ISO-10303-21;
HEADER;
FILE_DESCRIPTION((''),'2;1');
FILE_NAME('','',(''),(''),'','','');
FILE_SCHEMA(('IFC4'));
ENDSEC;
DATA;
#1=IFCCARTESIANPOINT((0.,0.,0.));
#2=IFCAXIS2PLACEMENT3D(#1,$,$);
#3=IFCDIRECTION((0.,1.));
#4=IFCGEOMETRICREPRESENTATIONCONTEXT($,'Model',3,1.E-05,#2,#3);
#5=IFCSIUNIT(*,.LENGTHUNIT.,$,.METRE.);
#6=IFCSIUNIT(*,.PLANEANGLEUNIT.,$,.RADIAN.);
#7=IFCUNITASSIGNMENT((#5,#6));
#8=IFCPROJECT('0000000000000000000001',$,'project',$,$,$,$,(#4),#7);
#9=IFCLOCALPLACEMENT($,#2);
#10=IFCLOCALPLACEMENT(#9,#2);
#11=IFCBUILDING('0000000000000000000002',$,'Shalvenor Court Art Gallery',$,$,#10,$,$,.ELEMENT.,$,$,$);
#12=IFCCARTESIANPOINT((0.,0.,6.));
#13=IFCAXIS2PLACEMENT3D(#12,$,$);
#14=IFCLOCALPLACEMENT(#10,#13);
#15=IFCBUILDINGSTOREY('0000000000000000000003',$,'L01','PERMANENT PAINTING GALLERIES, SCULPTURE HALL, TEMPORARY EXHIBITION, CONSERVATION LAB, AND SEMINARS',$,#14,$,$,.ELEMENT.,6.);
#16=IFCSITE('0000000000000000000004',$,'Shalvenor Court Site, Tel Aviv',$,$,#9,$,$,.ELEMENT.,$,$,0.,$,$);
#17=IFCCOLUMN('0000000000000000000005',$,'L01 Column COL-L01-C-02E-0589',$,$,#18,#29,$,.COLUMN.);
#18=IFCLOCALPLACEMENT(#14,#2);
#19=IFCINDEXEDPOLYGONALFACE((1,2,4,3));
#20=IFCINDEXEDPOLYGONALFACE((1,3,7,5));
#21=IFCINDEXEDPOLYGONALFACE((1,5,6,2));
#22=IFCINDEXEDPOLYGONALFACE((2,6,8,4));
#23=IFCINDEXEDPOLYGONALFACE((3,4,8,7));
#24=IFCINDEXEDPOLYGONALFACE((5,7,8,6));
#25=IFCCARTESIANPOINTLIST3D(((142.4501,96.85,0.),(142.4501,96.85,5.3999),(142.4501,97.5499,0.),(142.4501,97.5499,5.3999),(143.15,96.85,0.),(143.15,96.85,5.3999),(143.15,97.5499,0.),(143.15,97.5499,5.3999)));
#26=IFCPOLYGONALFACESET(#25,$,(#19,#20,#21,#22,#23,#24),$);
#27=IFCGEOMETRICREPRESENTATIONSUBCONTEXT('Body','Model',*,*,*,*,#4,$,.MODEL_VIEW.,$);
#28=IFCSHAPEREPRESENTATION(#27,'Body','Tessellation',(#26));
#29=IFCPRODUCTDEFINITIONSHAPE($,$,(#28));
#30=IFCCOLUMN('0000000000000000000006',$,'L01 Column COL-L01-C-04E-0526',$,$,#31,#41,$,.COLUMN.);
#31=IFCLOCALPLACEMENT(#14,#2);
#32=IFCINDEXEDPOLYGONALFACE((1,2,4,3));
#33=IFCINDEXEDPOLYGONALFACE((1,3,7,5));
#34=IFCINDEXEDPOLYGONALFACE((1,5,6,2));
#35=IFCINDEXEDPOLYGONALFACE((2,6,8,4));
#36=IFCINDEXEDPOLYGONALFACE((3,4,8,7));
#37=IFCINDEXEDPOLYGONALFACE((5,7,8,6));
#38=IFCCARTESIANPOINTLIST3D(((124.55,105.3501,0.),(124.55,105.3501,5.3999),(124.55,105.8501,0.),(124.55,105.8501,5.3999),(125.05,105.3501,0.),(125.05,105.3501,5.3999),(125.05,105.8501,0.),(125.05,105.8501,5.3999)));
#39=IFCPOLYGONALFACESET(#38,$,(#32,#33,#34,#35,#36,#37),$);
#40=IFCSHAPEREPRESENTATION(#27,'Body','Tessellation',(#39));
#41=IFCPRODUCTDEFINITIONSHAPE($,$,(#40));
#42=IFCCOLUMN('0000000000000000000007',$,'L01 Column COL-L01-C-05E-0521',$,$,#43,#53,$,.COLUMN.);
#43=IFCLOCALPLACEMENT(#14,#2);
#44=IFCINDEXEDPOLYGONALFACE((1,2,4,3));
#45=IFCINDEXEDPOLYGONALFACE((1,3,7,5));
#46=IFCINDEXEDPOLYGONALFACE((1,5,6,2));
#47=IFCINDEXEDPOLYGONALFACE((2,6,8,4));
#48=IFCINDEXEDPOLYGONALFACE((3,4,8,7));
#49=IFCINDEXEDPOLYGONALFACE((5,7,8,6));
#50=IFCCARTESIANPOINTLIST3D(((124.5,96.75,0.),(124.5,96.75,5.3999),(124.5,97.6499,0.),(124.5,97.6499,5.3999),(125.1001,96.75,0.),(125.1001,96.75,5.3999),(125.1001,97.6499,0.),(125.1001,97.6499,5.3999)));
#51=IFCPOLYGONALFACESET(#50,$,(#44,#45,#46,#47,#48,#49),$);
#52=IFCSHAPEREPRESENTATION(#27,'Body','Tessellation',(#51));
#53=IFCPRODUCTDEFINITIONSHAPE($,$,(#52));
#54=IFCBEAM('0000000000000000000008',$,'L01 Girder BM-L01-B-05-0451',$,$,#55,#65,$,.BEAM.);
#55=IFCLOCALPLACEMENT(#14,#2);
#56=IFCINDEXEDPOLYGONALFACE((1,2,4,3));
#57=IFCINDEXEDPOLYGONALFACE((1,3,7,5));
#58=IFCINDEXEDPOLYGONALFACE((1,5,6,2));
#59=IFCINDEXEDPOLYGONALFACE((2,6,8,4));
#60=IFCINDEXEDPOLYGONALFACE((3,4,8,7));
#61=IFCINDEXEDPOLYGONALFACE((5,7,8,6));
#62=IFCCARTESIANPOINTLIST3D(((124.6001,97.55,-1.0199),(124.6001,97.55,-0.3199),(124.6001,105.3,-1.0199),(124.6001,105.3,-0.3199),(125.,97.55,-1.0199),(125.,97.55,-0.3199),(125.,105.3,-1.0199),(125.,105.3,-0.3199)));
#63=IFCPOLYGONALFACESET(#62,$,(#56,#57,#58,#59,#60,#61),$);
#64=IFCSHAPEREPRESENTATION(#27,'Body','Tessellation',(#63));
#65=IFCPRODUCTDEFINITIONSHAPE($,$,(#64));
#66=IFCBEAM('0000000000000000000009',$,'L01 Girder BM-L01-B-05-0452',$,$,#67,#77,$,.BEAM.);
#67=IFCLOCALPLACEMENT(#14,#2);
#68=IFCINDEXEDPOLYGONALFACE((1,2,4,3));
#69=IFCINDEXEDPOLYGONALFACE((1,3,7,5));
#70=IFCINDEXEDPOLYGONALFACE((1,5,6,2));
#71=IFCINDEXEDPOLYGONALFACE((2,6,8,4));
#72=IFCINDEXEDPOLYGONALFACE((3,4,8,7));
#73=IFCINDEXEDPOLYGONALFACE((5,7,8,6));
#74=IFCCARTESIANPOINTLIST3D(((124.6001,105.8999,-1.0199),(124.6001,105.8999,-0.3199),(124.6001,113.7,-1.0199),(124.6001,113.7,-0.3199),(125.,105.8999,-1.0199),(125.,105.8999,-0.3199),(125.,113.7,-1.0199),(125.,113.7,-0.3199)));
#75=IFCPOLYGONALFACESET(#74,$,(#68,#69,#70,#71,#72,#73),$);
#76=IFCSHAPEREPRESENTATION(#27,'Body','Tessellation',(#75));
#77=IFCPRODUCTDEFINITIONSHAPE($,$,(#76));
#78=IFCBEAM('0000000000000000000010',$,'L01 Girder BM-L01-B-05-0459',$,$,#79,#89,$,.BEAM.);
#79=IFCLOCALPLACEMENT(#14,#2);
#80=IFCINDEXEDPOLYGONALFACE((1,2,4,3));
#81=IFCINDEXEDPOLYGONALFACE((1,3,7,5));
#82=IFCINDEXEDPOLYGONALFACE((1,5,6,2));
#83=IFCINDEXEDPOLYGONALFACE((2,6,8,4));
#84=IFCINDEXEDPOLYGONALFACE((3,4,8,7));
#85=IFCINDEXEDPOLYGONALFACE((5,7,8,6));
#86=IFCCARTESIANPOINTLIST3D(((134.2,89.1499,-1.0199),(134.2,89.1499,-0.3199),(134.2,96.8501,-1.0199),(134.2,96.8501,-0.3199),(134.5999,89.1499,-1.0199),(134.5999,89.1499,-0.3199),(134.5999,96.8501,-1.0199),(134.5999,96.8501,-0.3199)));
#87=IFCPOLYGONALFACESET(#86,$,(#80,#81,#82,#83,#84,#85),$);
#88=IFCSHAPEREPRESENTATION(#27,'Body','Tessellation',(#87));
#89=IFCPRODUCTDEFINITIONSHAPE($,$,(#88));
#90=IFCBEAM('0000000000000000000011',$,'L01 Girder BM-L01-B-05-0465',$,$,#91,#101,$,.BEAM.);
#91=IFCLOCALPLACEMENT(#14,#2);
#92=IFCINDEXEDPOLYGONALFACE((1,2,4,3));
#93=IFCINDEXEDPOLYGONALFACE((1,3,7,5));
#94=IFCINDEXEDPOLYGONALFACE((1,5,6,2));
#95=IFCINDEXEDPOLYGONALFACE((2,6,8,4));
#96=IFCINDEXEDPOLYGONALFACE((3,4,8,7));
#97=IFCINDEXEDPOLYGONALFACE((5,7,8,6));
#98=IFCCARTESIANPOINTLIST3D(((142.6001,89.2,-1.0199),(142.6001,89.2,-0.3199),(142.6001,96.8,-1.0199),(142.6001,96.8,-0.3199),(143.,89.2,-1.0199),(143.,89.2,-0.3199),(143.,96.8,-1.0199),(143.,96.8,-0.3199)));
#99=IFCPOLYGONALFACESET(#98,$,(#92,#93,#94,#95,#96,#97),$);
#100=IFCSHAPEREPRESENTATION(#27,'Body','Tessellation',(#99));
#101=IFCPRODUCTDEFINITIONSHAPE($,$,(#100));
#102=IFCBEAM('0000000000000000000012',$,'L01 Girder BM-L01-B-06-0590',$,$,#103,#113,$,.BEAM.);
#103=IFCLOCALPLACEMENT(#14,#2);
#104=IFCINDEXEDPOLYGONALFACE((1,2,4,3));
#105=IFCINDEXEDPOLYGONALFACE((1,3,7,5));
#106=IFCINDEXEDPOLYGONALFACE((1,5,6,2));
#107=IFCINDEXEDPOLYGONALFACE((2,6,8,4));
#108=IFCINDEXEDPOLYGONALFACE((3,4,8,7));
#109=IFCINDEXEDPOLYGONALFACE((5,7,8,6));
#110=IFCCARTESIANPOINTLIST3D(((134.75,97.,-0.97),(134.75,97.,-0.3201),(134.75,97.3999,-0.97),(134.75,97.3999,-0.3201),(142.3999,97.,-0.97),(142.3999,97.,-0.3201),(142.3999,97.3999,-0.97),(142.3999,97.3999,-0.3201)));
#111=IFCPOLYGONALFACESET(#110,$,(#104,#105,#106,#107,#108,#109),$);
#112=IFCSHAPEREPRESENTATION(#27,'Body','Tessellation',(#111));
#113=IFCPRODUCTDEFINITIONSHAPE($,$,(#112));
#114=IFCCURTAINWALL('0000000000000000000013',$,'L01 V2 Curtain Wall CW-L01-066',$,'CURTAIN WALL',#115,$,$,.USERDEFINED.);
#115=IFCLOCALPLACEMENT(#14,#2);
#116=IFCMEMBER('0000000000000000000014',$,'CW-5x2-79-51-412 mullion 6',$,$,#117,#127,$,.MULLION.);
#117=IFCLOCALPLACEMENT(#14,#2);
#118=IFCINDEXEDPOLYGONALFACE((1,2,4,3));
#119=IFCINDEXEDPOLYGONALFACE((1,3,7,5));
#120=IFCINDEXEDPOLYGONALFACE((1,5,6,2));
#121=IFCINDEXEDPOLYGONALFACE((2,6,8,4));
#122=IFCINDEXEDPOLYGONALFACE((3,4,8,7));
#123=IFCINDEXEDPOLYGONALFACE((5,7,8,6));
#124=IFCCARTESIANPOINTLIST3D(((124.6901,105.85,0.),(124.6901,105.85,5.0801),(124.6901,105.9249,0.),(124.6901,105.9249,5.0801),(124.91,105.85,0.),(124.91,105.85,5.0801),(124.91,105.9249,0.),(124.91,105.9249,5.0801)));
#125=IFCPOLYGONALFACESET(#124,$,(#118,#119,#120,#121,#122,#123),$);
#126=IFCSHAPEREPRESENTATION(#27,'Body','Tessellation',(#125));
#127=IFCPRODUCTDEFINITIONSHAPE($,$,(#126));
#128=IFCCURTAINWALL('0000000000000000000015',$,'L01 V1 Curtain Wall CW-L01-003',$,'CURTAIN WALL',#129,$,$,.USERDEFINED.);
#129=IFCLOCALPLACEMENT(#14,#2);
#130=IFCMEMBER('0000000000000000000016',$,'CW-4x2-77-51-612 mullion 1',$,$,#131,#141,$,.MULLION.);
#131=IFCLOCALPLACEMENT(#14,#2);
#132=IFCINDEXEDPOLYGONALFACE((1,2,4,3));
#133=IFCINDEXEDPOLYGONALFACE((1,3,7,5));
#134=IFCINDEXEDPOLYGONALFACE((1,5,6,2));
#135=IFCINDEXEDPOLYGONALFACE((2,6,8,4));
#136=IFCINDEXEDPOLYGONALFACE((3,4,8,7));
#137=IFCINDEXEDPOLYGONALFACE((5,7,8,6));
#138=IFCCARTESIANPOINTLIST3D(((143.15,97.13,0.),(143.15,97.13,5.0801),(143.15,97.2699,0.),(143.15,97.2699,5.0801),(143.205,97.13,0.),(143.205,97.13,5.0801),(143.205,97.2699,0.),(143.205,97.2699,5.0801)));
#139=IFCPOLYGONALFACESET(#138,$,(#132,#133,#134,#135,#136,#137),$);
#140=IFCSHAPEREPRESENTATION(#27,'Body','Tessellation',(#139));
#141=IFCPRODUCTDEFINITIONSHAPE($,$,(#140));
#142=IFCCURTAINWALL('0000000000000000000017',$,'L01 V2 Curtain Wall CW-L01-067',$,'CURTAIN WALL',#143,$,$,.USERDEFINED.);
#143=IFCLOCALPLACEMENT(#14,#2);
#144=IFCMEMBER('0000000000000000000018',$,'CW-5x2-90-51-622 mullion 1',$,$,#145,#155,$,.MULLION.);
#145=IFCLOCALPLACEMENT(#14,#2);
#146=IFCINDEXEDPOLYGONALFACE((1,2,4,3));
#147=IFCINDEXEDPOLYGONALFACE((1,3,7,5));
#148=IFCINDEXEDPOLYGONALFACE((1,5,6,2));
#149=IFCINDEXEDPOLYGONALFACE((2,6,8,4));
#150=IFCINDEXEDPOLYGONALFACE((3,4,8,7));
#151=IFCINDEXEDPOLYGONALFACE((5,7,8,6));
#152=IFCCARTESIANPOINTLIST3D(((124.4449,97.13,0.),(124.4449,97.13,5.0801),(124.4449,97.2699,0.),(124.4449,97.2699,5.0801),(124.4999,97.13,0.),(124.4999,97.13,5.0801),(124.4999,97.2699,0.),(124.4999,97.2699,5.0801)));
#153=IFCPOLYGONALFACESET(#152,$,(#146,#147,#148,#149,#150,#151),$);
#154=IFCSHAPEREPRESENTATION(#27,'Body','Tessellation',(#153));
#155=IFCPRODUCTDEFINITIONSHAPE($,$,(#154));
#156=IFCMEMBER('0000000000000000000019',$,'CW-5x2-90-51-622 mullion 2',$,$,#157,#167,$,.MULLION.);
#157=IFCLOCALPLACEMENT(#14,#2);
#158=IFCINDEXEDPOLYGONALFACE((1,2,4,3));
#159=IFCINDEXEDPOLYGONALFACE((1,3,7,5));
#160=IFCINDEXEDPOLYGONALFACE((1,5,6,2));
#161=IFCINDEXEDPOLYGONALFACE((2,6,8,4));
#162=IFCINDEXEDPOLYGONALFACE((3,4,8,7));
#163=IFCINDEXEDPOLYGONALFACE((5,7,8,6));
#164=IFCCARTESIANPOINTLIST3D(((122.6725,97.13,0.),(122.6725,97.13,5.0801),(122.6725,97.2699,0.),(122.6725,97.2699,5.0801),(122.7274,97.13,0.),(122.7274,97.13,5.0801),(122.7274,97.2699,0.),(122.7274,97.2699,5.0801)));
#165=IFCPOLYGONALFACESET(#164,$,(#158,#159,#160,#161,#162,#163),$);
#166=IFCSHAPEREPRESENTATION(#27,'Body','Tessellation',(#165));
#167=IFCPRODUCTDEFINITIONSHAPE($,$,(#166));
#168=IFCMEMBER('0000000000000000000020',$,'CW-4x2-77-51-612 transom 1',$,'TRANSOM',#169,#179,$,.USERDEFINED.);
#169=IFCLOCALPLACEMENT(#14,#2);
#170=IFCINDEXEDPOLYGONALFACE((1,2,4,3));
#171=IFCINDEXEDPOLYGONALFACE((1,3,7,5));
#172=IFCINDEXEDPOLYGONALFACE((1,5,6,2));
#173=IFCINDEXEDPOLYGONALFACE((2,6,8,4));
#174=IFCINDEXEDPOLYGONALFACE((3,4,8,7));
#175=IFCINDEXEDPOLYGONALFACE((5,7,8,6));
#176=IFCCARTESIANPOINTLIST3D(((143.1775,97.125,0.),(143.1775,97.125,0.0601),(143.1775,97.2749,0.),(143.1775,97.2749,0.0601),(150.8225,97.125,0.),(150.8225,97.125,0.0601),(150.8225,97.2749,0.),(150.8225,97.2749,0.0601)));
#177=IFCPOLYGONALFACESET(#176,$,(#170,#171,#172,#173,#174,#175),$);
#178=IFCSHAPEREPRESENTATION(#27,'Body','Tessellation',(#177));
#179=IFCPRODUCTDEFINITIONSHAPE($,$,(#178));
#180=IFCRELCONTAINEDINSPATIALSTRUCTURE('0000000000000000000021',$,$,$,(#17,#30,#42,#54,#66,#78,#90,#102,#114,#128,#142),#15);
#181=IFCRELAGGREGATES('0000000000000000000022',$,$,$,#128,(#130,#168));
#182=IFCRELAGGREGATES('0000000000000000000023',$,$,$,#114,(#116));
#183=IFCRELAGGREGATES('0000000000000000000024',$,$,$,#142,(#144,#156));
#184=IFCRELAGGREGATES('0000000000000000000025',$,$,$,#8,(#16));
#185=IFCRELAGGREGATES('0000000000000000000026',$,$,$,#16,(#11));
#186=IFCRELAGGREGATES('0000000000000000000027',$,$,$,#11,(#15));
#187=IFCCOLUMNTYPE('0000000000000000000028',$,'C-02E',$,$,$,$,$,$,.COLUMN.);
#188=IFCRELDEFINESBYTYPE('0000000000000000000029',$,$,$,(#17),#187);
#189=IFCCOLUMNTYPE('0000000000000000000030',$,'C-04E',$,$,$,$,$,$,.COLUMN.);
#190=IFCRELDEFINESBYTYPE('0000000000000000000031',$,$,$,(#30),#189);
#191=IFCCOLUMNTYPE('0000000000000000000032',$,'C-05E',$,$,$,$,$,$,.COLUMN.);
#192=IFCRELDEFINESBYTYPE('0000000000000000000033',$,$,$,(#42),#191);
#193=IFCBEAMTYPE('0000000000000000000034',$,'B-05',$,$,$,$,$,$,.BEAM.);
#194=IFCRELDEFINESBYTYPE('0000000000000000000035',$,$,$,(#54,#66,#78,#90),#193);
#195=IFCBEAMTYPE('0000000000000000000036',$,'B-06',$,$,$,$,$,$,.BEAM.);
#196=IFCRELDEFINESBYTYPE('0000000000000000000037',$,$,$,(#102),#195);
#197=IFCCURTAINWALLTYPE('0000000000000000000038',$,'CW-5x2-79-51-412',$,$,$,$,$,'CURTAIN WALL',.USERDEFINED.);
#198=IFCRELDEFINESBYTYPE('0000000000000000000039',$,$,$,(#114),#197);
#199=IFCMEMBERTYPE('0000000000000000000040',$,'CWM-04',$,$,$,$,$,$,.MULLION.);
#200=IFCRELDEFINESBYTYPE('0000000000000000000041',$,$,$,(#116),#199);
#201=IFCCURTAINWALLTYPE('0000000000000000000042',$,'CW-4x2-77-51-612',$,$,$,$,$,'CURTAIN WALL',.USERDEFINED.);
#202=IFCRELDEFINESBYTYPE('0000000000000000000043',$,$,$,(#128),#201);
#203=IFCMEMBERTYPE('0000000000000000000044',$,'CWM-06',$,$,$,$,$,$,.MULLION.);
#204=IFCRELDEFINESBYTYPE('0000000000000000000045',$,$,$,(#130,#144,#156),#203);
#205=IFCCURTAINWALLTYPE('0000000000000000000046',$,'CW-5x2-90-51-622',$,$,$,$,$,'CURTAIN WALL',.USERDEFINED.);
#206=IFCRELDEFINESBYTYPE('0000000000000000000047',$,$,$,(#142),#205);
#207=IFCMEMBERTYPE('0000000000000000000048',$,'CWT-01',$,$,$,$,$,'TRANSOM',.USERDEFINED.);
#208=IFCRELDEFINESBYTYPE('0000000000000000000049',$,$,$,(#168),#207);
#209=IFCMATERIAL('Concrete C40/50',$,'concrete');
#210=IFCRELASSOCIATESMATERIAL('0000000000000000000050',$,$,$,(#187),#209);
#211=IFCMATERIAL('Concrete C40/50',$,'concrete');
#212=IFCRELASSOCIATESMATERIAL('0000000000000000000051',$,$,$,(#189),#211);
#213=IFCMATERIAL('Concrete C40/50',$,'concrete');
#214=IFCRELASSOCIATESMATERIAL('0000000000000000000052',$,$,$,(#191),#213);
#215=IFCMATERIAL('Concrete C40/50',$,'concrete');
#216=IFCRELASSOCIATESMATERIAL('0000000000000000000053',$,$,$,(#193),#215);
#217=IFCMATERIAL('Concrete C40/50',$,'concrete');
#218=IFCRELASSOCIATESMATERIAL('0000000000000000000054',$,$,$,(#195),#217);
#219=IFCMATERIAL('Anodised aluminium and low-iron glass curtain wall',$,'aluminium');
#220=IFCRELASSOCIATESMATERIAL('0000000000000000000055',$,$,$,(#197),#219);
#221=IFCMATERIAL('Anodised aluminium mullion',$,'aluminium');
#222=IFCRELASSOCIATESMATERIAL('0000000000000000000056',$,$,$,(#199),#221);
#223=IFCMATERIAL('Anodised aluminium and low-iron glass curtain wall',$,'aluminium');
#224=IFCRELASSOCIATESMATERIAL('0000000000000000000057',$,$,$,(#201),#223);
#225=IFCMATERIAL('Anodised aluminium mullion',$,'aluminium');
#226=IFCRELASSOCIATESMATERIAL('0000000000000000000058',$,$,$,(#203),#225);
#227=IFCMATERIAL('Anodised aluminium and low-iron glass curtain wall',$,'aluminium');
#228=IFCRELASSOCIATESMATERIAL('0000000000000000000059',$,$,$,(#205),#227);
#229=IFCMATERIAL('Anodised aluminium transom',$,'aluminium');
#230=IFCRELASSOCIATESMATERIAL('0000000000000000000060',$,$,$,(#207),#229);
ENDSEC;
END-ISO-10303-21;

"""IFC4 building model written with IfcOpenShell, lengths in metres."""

from ifc_helpers import new_model, si_unit, direction, frame, origin, origin_2d, place, context, subcontext, project, spatial, rectangle, extrude, material, material_profile, profile_set, type_object, element, aggregate, save


model = new_model("IFC4")

# Units and contexts
model_context = context("Model", 3, precision=1e-05, world=origin(), true_north=direction((0.0, 1.0)))
body_context = subcontext(model_context, "Body", "Model", "MODEL_VIEW")
ifc_project = project(units=[si_unit("LENGTHUNIT", "METRE"), si_unit("PLANEANGLEUNIT", "RADIAN")], contexts=[model_context])

# Site, building, storey
site_placement = place(None, origin())
site = spatial("IfcSite", under=ifc_project, at=site_placement, Name="Shalvenor Court Site, Tel Aviv", CompositionType="ELEMENT", RefElevation=0.0)
building_placement = place(site_placement, origin())
building = spatial("IfcBuilding", under=site, at=building_placement, Name="Shalvenor Court Art Gallery", CompositionType="ELEMENT")
storey_placement = place(building_placement, frame((0.0, 0.0, 6.0)))
storey = spatial("IfcBuildingStorey", under=building, at=storey_placement, Name="L01", Description="PERMANENT PAINTING GALLERIES, SCULPTURE HALL, TEMPORARY EXHIBITION, CONSERVATION LAB, AND SEMINARS", CompositionType="ELEMENT", Elevation=6.0)

# Columns
ifc_material_1 = material(Name="Concrete C40/50", Category="concrete")
ifc_material_profile_1 = material_profile(ifc_material_1, rectangle(XDim=0.7, YDim=0.7, at=origin_2d()), Name="RC 700x700")
ifc_profile_set_1 = profile_set([ifc_material_profile_1], Name="Concrete C40/50")
column_type_1 = type_object("IfcColumnType", Name="C-02E", PredefinedType="COLUMN", material=ifc_profile_set_1)
column_1_placement = place(storey_placement, frame((142.8, 97.2, 0.0), z_axis=(0.0, 0.0, 1.0), x_axis=(1.0, 0.0, 0.0)))
element("IfcColumn", 1, at=column_1_placement, inside=storey, type_object=column_type_1, Name="L01 Column COL-L01-C-02E-0589", PredefinedType="COLUMN", context=body_context, shape_type="SweptSolid", body=[
    extrude(rectangle(XDim=0.7, YDim=0.7, at=origin_2d()), origin(), (0.0, 0.0, 1.0), 5.3999),
])
ifc_material_2 = material(Name="Concrete C40/50", Category="concrete")
ifc_material_profile_2 = material_profile(ifc_material_2, rectangle(XDim=0.5, YDim=0.5, at=origin_2d()), Name="RC 500x500")
ifc_profile_set_2 = profile_set([ifc_material_profile_2], Name="Concrete C40/50")
column_type_2 = type_object("IfcColumnType", Name="C-04E", PredefinedType="COLUMN", material=ifc_profile_set_2)
column_2_placement = place(storey_placement, frame((124.8, 105.6001, 0.0), z_axis=(0.0, 0.0, 1.0), x_axis=(1.0, 0.0, 0.0)))
element("IfcColumn", 2, at=column_2_placement, inside=storey, type_object=column_type_2, Name="L01 Column COL-L01-C-04E-0526", PredefinedType="COLUMN", context=body_context, shape_type="SweptSolid", body=[
    extrude(rectangle(XDim=0.5, YDim=0.5, at=origin_2d()), origin(), (0.0, 0.0, 1.0), 5.3999),
])
ifc_material_3 = material(Name="Concrete C40/50", Category="concrete")
ifc_material_profile_3 = material_profile(ifc_material_3, rectangle(XDim=0.6001, YDim=0.8999, at=origin_2d()), Name="RC 600x900")
ifc_profile_set_3 = profile_set([ifc_material_profile_3], Name="Concrete C40/50")
column_type_3 = type_object("IfcColumnType", Name="C-05E", PredefinedType="COLUMN", material=ifc_profile_set_3)
column_3_placement = place(storey_placement, frame((124.8, 97.2, 0.0), z_axis=(0.0, 0.0, 1.0), x_axis=(1.0, 0.0, 0.0)))
element("IfcColumn", 3, at=column_3_placement, inside=storey, type_object=column_type_3, Name="L01 Column COL-L01-C-05E-0521", PredefinedType="COLUMN", context=body_context, shape_type="SweptSolid", body=[
    extrude(rectangle(XDim=0.6001, YDim=0.8999, at=origin_2d()), origin(), (0.0, 0.0, 1.0), 5.3999),
])

# Beams
ifc_material_4 = material(Name="Concrete C40/50", Category="concrete")
ifc_material_profile_4 = material_profile(ifc_material_4, rectangle(XDim=0.3999, YDim=0.7, at=origin_2d()), Name="RC 400x700")
ifc_profile_set_4 = profile_set([ifc_material_profile_4], Name="Concrete C40/50")
beam_type_1 = type_object("IfcBeamType", Name="B-05", PredefinedType="BEAM", material=ifc_profile_set_4)
beam_1_placement = place(storey_placement, frame((124.8, 97.55, -0.6699), z_axis=(0.0, 1.0, 0.0), x_axis=(-1.0, 0.0, 0.0)))
element("IfcBeam", 4, at=beam_1_placement, inside=storey, type_object=beam_type_1, Name="L01 Girder BM-L01-B-05-0451", PredefinedType="BEAM", context=body_context, shape_type="SweptSolid", body=[
    extrude(rectangle(XDim=0.3999, YDim=0.7, at=origin_2d()), origin(), (0.0, 0.0, 1.0), 7.75),
])
beam_2_placement = place(storey_placement, frame((124.8, 105.8999, -0.6699), z_axis=(0.0, 1.0, 0.0), x_axis=(-1.0, 0.0, 0.0)))
element("IfcBeam", 5, at=beam_2_placement, inside=storey, type_object=beam_type_1, Name="L01 Girder BM-L01-B-05-0452", PredefinedType="BEAM", context=body_context, shape_type="SweptSolid", body=[
    extrude(rectangle(XDim=0.3999, YDim=0.7, at=origin_2d()), origin(), (0.0, 0.0, 1.0), 7.8),
])
beam_3_placement = place(storey_placement, frame((134.3999, 89.1499, -0.6699), z_axis=(0.0, 1.0, 0.0), x_axis=(-1.0, 0.0, 0.0)))
element("IfcBeam", 6, at=beam_3_placement, inside=storey, type_object=beam_type_1, Name="L01 Girder BM-L01-B-05-0459", PredefinedType="BEAM", context=body_context, shape_type="SweptSolid", body=[
    extrude(rectangle(XDim=0.3999, YDim=0.7, at=origin_2d()), origin(), (0.0, 0.0, 1.0), 7.7002),
])
beam_4_placement = place(storey_placement, frame((142.8, 89.2, -0.6699), z_axis=(0.0, 1.0, 0.0), x_axis=(-1.0, 0.0, 0.0)))
element("IfcBeam", 7, at=beam_4_placement, inside=storey, type_object=beam_type_1, Name="L01 Girder BM-L01-B-05-0465", PredefinedType="BEAM", context=body_context, shape_type="SweptSolid", body=[
    extrude(rectangle(XDim=0.3999, YDim=0.7, at=origin_2d()), origin(), (0.0, 0.0, 1.0), 7.6001),
])
ifc_material_5 = material(Name="Concrete C40/50", Category="concrete")
ifc_material_profile_5 = material_profile(ifc_material_5, rectangle(XDim=0.3999, YDim=0.6499, at=origin_2d()), Name="RC 400x650")
ifc_profile_set_5 = profile_set([ifc_material_profile_5], Name="Concrete C40/50")
beam_type_2 = type_object("IfcBeamType", Name="B-06", PredefinedType="BEAM", material=ifc_profile_set_5)
beam_5_placement = place(storey_placement, frame((134.75, 97.2, -0.645), z_axis=(1.0, 0.0, 0.0), x_axis=(0.0, 1.0, 0.0)))
element("IfcBeam", 8, at=beam_5_placement, inside=storey, type_object=beam_type_2, Name="L01 Girder BM-L01-B-06-0590", PredefinedType="BEAM", context=body_context, shape_type="SweptSolid", body=[
    extrude(rectangle(XDim=0.3999, YDim=0.6499, at=origin_2d()), origin(), (0.0, 0.0, 1.0), 7.6499),
])

# Curtain walls, members
ifc_material_6 = material(Name="Anodised aluminium and low-iron glass curtain wall", Category="aluminium")
curtain_wall_type_1 = type_object("IfcCurtainWallType", Name="CW-5x2-79-51-412", ElementType="CURTAIN WALL", PredefinedType="USERDEFINED", material=ifc_material_6)
curtain_wall_1_placement = place(storey_placement, origin())
curtain_wall_1 = element("IfcCurtainWall", 9, at=curtain_wall_1_placement, inside=storey, type_object=curtain_wall_type_1, Name="L01 V2 Curtain Wall CW-L01-066", ObjectType="CURTAIN WALL", PredefinedType="USERDEFINED")
ifc_material_7 = material(Name="Anodised aluminium mullion", Category="aluminium")
ifc_material_profile_6 = material_profile(ifc_material_7, rectangle(XDim=0.075, YDim=0.22, at=origin_2d()), Name="CWM-04")
ifc_profile_set_6 = profile_set([ifc_material_profile_6], Name="Anodised aluminium mullion")
member_type_1 = type_object("IfcMemberType", Name="CWM-04", PredefinedType="MULLION", material=ifc_profile_set_6)
member_1_placement = place(storey_placement, frame((124.8, 105.8875, 0.0), z_axis=(0.0, 0.0, 1.0), x_axis=(0.0, -1.0, 0.0)))
member_1 = element("IfcMember", 10, at=member_1_placement, type_object=member_type_1, Name="CW-5x2-79-51-412 mullion 6", PredefinedType="MULLION", context=body_context, shape_type="SweptSolid", body=[
    extrude(rectangle(XDim=0.075, YDim=0.22, at=origin_2d()), origin(), (0.0, 0.0, 1.0), 5.0801),
])
ifc_material_8 = material(Name="Anodised aluminium and low-iron glass curtain wall", Category="aluminium")
curtain_wall_type_2 = type_object("IfcCurtainWallType", Name="CW-4x2-77-51-612", ElementType="CURTAIN WALL", PredefinedType="USERDEFINED", material=ifc_material_8)
curtain_wall_2_placement = place(storey_placement, origin())
curtain_wall_2 = element("IfcCurtainWall", 11, at=curtain_wall_2_placement, inside=storey, type_object=curtain_wall_type_2, Name="L01 V1 Curtain Wall CW-L01-003", ObjectType="CURTAIN WALL", PredefinedType="USERDEFINED")
ifc_material_9 = material(Name="Anodised aluminium mullion", Category="aluminium")
ifc_material_profile_7 = material_profile(ifc_material_9, rectangle(XDim=0.0549, YDim=0.1399, at=origin_2d()), Name="CWM-06")
ifc_profile_set_7 = profile_set([ifc_material_profile_7], Name="Anodised aluminium mullion")
member_type_2 = type_object("IfcMemberType", Name="CWM-06", PredefinedType="MULLION", material=ifc_profile_set_7)
member_2_placement = place(storey_placement, frame((143.1775, 97.2, 0.0), z_axis=(0.0, 0.0, 1.0), x_axis=(1.0, 0.0, 0.0)))
member_2 = element("IfcMember", 12, at=member_2_placement, type_object=member_type_2, Name="CW-4x2-77-51-612 mullion 1", PredefinedType="MULLION", context=body_context, shape_type="SweptSolid", body=[
    extrude(rectangle(XDim=0.0549, YDim=0.1399, at=origin_2d()), origin(), (0.0, 0.0, 1.0), 5.0801),
])

# Curtain wall, members
ifc_material_10 = material(Name="Anodised aluminium and low-iron glass curtain wall", Category="aluminium")
curtain_wall_type_3 = type_object("IfcCurtainWallType", Name="CW-5x2-90-51-622", ElementType="CURTAIN WALL", PredefinedType="USERDEFINED", material=ifc_material_10)
curtain_wall_3_placement = place(storey_placement, origin())
curtain_wall_3 = element("IfcCurtainWall", 13, at=curtain_wall_3_placement, inside=storey, type_object=curtain_wall_type_3, Name="L01 V2 Curtain Wall CW-L01-067", ObjectType="CURTAIN WALL", PredefinedType="USERDEFINED")
member_3_placement = place(storey_placement, frame((124.4724, 97.2, 0.0), z_axis=(0.0, 0.0, 1.0), x_axis=(-1.0, 0.0, 0.0)))
member_3 = element("IfcMember", 14, at=member_3_placement, type_object=member_type_2, Name="CW-5x2-90-51-622 mullion 1", PredefinedType="MULLION", context=body_context, shape_type="SweptSolid", body=[
    extrude(rectangle(XDim=0.0549, YDim=0.1399, at=origin_2d()), origin(), (0.0, 0.0, 1.0), 5.0801),
])
member_4_placement = place(storey_placement, frame((122.7, 97.2, 0.0), z_axis=(0.0, 0.0, 1.0), x_axis=(-1.0, 0.0, 0.0)))
member_4 = element("IfcMember", 15, at=member_4_placement, type_object=member_type_2, Name="CW-5x2-90-51-622 mullion 2", PredefinedType="MULLION", context=body_context, shape_type="SweptSolid", body=[
    extrude(rectangle(XDim=0.0549, YDim=0.1399, at=origin_2d()), origin(), (0.0, 0.0, 1.0), 5.0801),
])

# Member
ifc_material_11 = material(Name="Anodised aluminium transom", Category="aluminium")
ifc_material_profile_8 = material_profile(ifc_material_11, rectangle(XDim=0.1499, YDim=0.0601, at=origin_2d()), Name="CWT-01")
ifc_profile_set_8 = profile_set([ifc_material_profile_8], Name="Anodised aluminium transom")
member_type_3 = type_object("IfcMemberType", Name="CWT-01", ElementType="TRANSOM", PredefinedType="USERDEFINED", material=ifc_profile_set_8)
member_5_placement = place(storey_placement, frame((143.1775, 97.2, 0.03), z_axis=(1.0, 0.0, 0.0), x_axis=(0.0, 1.0, 0.0)))
member_5 = element("IfcMember", 16, at=member_5_placement, type_object=member_type_3, Name="CW-4x2-77-51-612 transom 1", ObjectType="TRANSOM", PredefinedType="USERDEFINED", context=body_context, shape_type="SweptSolid", body=[
    extrude(rectangle(XDim=0.1499, YDim=0.0601, at=origin_2d()), origin(), (0.0, 0.0, 1.0), 7.645),
])
aggregate(curtain_wall_2, [member_2, member_5])

aggregate(curtain_wall_1, [member_1])
aggregate(curtain_wall_3, [member_3, member_4])

save(model, "model.ifc")
